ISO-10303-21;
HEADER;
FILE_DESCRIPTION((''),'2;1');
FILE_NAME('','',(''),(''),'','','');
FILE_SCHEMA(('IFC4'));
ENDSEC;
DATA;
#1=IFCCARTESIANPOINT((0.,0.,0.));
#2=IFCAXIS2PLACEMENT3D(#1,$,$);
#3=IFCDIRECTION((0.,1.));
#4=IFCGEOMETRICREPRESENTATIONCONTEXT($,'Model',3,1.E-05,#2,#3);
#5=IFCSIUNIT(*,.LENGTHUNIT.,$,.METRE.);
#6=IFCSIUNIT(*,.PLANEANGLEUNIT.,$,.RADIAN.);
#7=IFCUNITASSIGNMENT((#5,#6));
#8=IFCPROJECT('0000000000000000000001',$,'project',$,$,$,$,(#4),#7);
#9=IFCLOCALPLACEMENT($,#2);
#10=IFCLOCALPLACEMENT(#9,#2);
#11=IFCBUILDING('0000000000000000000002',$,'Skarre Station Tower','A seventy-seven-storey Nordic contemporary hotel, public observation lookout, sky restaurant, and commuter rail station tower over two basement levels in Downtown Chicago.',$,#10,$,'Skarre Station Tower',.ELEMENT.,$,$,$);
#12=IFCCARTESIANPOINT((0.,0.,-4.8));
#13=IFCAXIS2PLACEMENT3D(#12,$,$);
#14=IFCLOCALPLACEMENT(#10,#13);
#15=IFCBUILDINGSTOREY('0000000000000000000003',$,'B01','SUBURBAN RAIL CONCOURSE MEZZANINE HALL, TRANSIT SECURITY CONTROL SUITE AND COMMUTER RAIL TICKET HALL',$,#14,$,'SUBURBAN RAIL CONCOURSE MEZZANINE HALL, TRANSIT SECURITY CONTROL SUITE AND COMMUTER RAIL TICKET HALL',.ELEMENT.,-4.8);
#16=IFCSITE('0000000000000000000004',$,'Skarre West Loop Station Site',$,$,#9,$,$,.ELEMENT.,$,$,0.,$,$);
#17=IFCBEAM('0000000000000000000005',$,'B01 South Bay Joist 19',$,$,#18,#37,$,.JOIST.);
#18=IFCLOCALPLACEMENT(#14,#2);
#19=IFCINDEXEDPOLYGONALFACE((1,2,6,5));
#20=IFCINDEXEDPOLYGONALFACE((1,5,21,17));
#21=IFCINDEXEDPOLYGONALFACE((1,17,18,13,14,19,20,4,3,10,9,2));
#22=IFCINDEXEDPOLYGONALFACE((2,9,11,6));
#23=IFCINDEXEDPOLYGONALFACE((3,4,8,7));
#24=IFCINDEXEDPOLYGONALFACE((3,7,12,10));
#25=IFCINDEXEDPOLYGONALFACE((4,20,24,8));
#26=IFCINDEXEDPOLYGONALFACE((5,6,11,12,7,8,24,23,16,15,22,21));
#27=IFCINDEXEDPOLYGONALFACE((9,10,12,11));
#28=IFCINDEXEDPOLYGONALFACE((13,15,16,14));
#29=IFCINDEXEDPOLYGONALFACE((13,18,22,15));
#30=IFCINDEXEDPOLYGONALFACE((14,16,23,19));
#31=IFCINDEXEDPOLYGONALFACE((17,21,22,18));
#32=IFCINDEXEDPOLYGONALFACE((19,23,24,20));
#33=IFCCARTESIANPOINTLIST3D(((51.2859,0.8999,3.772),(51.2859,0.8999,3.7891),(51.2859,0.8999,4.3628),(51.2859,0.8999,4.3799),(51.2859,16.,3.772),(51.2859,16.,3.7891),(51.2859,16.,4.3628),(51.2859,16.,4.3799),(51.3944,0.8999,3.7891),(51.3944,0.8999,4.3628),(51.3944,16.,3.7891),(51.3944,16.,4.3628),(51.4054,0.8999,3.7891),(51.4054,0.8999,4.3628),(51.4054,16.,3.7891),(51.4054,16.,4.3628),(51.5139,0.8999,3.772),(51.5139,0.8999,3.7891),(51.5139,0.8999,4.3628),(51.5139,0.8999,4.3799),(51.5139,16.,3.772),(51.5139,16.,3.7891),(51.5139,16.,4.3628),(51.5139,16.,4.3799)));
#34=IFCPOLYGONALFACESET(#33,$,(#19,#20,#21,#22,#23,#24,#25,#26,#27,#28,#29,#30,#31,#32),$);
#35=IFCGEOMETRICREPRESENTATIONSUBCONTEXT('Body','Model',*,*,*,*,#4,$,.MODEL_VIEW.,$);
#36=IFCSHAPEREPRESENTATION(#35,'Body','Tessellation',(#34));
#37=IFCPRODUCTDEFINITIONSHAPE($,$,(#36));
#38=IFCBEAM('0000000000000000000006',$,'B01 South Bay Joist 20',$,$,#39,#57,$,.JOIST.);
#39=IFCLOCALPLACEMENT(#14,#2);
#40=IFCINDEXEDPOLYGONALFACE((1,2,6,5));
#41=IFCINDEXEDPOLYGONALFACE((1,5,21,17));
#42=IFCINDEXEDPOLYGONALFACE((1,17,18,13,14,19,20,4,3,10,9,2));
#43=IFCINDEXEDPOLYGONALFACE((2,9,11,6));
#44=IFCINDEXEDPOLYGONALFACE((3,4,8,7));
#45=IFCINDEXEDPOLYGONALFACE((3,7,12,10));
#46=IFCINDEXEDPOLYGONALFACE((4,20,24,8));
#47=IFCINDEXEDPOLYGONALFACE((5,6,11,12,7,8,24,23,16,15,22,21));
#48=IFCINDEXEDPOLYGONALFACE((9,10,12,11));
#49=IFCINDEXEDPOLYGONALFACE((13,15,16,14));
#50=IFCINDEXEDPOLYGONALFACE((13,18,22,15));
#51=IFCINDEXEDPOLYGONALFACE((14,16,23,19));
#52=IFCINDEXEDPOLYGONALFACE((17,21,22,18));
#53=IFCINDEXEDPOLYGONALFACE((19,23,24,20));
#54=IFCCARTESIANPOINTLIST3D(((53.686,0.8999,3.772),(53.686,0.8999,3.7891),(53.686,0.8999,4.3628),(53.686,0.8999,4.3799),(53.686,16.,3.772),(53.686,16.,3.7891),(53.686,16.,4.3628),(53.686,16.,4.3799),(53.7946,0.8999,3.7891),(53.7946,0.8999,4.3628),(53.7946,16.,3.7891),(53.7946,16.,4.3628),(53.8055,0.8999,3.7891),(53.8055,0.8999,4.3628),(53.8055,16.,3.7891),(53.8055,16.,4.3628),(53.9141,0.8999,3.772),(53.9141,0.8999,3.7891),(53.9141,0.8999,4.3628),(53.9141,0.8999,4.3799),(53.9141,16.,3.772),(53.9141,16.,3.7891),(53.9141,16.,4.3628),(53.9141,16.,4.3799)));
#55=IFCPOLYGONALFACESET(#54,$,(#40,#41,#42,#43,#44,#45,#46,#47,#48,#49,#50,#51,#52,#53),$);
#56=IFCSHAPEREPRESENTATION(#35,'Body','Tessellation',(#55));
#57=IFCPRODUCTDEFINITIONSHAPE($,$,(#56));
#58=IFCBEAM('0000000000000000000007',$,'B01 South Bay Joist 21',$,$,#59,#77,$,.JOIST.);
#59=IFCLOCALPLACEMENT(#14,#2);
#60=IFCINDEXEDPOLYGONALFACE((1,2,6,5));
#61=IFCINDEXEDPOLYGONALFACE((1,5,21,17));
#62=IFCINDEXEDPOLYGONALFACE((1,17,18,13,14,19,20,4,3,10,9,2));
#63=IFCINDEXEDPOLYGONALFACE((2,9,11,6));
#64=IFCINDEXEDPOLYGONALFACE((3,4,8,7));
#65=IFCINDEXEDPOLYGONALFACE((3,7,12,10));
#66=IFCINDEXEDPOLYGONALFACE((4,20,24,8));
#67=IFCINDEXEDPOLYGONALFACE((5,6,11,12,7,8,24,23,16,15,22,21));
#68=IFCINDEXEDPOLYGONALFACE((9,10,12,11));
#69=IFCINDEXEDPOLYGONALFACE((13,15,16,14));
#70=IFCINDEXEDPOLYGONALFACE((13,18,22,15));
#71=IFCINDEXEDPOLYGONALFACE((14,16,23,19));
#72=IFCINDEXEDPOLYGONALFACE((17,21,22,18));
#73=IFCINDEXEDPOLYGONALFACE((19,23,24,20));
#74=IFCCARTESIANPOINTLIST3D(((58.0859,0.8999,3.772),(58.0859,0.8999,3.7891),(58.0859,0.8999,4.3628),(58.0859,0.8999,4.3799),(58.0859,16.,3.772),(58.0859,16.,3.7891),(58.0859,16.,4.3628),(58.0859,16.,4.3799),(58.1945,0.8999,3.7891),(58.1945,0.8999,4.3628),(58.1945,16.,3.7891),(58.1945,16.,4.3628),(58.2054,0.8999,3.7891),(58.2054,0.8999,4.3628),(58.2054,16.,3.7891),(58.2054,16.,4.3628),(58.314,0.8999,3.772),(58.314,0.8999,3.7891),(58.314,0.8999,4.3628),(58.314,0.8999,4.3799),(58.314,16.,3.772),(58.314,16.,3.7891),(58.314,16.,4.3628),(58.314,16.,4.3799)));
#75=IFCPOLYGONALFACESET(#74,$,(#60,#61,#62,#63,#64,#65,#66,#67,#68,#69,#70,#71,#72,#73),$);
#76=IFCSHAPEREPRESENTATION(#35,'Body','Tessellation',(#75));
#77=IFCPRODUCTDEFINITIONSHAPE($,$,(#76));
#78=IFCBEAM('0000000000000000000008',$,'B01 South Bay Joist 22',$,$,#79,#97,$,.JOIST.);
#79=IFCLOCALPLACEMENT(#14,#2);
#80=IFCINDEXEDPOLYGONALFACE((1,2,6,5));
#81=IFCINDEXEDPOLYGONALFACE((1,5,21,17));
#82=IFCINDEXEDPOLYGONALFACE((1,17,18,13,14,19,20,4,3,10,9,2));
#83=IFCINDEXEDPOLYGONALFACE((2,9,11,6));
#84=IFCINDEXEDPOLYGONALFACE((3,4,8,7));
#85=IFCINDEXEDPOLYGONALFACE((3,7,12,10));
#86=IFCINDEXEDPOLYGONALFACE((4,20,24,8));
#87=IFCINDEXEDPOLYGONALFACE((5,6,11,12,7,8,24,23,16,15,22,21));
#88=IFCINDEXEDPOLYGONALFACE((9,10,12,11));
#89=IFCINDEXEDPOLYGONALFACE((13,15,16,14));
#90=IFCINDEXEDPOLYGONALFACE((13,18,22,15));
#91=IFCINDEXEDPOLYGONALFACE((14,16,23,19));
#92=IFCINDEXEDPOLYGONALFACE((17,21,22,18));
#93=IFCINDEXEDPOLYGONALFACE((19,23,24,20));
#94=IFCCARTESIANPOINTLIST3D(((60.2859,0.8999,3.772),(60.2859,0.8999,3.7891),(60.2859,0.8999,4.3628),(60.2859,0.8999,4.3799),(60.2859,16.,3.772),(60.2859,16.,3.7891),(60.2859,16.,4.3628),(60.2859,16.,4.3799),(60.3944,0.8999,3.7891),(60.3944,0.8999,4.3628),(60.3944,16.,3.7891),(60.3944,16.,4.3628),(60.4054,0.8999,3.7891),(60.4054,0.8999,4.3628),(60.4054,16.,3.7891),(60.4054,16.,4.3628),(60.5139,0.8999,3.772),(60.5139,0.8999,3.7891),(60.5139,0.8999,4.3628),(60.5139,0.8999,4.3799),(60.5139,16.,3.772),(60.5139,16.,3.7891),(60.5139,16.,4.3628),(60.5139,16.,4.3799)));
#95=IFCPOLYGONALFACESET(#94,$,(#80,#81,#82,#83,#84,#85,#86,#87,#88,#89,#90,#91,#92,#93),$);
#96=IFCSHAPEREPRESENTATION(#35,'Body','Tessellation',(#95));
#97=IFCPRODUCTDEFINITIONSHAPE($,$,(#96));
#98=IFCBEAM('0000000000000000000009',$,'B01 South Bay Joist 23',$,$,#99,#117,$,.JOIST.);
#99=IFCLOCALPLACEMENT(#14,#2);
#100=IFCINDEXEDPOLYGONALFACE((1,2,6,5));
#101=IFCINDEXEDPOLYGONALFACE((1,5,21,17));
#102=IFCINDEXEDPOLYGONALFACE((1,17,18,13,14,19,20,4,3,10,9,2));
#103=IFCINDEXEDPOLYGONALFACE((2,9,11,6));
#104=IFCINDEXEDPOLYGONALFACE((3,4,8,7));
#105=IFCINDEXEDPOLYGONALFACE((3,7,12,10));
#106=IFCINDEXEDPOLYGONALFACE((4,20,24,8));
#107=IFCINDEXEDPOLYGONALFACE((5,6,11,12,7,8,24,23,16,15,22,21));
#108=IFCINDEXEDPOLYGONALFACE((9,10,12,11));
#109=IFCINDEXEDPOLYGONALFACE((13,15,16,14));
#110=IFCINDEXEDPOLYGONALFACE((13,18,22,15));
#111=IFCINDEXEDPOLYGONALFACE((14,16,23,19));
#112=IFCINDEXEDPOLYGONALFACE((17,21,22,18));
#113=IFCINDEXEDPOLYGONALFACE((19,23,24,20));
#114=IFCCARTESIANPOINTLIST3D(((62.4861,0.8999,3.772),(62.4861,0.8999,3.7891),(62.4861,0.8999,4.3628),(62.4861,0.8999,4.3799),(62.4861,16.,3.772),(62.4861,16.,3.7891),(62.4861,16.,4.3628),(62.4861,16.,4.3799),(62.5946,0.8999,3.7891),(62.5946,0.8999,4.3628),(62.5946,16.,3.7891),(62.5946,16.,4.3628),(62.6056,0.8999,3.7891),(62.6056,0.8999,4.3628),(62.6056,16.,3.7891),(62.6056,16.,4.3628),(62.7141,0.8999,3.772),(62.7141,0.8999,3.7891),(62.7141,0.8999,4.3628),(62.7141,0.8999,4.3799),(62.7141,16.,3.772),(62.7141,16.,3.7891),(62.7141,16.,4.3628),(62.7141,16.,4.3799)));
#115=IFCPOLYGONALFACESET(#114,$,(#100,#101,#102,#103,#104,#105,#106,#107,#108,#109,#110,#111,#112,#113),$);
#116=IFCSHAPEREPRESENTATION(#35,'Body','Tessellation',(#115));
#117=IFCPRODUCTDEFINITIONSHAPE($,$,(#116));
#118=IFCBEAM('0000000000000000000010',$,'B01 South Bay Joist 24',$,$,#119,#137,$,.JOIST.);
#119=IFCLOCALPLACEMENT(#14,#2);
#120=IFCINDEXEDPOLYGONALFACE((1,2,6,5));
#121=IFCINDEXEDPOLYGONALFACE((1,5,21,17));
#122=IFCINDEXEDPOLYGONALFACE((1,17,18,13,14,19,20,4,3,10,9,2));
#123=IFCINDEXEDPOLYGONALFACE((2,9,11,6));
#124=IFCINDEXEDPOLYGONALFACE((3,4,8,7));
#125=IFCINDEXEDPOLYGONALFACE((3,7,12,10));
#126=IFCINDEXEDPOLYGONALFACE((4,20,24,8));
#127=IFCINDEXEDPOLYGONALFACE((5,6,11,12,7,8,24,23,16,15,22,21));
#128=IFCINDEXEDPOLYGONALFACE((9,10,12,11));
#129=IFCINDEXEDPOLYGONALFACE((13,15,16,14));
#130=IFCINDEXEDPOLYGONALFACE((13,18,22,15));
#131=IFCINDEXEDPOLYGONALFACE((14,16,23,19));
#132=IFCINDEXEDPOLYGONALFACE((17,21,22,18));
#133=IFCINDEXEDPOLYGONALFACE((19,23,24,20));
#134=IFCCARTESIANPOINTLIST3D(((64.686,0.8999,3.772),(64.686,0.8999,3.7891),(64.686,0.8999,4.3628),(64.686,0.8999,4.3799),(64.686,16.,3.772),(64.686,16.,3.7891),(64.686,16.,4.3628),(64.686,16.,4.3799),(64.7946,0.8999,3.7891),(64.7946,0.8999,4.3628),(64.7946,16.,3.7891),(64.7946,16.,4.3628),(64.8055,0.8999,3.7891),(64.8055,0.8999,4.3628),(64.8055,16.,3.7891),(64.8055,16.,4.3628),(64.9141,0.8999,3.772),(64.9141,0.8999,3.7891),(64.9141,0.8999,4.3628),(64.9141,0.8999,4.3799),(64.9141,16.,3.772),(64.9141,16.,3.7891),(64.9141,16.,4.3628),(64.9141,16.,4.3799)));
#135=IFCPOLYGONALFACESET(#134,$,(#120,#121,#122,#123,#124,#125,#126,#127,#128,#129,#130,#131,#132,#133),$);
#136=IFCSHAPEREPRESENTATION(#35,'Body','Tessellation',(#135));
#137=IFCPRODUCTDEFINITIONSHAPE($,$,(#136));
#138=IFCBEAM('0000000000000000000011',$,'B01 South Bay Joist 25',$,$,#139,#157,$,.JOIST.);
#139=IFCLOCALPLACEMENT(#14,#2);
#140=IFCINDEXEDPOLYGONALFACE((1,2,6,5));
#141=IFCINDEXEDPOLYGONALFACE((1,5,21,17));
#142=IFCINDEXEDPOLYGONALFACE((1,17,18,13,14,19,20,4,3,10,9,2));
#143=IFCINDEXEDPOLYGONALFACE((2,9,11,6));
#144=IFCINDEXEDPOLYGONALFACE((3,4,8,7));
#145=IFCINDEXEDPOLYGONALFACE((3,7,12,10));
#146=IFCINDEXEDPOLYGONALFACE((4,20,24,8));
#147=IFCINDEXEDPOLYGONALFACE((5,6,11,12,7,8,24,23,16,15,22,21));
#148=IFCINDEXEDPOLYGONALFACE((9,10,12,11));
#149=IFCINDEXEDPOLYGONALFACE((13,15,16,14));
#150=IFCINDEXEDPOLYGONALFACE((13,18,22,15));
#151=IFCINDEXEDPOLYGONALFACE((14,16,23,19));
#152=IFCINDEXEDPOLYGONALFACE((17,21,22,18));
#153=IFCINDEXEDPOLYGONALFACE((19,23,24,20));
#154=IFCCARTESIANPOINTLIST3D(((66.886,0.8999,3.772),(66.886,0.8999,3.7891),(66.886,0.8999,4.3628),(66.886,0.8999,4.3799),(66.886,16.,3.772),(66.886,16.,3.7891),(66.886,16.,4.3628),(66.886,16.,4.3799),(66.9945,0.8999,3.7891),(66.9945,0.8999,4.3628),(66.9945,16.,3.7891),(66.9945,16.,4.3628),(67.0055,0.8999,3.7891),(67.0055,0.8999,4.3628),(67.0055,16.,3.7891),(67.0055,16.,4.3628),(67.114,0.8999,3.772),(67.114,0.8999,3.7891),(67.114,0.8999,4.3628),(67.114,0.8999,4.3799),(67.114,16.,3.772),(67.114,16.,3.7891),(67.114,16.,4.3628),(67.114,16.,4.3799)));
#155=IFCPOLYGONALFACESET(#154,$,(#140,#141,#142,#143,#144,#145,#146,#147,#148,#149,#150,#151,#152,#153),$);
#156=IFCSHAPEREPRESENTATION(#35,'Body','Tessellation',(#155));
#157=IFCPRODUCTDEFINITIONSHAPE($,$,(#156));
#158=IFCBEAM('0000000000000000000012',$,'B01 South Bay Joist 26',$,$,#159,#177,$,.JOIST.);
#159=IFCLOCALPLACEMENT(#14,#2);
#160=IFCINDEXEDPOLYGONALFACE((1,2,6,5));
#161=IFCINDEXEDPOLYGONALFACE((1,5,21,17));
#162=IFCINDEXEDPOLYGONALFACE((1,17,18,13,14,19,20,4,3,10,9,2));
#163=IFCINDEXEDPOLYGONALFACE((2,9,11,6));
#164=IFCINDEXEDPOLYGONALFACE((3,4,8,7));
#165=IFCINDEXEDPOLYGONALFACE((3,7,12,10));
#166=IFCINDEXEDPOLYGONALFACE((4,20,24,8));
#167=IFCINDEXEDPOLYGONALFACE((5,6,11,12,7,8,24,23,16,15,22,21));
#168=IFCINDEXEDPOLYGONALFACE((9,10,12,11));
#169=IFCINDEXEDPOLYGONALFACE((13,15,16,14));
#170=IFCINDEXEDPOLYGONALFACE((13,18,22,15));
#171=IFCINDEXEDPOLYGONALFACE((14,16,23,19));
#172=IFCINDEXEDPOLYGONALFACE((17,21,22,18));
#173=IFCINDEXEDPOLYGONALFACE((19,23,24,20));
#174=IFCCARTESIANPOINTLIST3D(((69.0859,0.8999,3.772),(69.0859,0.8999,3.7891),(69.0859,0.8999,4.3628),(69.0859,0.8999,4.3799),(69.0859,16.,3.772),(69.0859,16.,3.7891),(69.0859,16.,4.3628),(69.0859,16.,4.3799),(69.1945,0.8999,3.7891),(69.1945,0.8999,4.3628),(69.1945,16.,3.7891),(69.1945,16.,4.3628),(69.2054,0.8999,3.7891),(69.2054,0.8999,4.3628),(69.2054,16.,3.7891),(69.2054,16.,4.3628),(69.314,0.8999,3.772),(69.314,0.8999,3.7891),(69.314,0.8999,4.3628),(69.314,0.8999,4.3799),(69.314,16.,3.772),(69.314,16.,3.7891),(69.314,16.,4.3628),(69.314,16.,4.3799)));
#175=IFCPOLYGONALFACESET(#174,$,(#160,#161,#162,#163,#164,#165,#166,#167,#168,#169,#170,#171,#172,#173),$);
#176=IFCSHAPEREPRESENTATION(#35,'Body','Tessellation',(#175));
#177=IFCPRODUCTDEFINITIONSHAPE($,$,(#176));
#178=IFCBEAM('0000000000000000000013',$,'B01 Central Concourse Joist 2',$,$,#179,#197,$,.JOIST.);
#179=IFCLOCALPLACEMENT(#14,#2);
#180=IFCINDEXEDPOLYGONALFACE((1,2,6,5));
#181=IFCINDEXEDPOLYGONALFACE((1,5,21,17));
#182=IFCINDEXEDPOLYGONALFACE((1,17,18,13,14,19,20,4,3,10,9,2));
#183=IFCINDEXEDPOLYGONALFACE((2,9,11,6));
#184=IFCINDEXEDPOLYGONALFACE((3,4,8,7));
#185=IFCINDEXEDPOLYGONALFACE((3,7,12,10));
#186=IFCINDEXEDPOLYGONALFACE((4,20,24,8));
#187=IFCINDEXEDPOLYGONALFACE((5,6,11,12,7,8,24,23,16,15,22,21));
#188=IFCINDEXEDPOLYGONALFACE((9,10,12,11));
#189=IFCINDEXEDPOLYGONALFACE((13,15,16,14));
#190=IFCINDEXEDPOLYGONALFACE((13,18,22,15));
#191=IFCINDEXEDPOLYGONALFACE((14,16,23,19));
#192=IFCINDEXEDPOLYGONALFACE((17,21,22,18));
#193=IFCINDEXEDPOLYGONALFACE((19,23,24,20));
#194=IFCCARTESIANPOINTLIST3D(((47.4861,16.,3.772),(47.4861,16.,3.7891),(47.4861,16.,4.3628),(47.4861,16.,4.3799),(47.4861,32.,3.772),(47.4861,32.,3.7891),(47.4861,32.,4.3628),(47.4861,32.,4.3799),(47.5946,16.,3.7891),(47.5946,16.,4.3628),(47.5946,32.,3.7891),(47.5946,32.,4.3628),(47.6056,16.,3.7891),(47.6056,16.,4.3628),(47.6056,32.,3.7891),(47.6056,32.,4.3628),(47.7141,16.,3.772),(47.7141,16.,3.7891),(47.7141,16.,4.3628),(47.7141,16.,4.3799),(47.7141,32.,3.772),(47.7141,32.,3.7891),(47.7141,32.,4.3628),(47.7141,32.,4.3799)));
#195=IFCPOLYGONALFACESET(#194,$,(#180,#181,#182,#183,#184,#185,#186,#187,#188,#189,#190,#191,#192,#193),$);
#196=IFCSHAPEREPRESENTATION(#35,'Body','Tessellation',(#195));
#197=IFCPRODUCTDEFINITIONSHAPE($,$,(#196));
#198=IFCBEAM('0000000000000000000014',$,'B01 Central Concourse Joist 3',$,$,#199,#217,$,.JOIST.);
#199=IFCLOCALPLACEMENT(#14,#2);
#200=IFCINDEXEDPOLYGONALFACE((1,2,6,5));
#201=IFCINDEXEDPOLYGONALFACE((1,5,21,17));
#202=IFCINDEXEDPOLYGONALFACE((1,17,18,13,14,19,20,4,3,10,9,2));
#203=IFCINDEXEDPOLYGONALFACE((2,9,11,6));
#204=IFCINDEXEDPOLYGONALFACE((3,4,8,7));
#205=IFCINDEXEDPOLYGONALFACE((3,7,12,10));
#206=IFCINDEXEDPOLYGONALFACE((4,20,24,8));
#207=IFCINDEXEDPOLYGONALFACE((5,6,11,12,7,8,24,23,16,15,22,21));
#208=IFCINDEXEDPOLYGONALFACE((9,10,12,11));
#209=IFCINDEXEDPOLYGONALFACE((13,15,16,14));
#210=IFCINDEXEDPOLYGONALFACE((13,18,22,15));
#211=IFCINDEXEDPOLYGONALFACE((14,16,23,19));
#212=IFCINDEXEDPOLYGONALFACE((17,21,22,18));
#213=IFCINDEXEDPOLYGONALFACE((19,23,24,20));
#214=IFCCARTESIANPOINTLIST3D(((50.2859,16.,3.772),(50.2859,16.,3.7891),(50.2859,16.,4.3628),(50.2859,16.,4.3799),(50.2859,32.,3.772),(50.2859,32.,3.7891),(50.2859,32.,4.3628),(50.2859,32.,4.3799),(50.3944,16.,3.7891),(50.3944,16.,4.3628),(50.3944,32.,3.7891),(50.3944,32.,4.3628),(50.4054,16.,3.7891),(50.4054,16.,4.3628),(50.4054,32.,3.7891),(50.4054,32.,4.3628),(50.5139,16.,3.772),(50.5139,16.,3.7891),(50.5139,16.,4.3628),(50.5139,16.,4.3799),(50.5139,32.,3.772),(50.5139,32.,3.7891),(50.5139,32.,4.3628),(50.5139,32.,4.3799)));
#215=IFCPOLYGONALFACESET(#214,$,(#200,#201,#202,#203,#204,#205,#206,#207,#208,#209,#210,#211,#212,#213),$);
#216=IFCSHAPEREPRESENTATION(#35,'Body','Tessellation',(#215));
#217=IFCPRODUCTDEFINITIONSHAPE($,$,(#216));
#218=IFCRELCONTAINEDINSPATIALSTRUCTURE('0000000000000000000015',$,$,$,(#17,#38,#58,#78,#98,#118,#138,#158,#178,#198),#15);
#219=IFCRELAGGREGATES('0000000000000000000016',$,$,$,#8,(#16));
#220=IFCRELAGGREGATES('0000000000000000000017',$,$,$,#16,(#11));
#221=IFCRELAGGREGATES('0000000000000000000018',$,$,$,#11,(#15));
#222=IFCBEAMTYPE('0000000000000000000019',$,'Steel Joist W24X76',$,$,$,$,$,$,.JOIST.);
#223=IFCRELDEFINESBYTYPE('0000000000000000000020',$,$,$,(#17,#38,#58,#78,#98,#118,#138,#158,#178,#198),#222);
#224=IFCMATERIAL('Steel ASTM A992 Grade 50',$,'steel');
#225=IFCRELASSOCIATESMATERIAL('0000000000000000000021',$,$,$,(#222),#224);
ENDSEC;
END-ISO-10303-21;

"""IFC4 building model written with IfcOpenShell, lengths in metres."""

from ifc_helpers import new_model, si_unit, direction, frame, origin, origin_2d, place, context, subcontext, project, spatial, i_section, extrude, material, material_profile, profile_set, type_object, element, save


model = new_model("IFC4")

# Units and contexts
model_context = context("Model", 3, precision=1e-05, world=origin(), true_north=direction((0.0, 1.0)))
body_context = subcontext(model_context, "Body", "Model", "MODEL_VIEW")
ifc_project = project(units=[si_unit("LENGTHUNIT", "METRE"), si_unit("PLANEANGLEUNIT", "RADIAN")], contexts=[model_context])

# Site, building, storey
site_placement = place(None, origin())
site = spatial("IfcSite", under=ifc_project, at=site_placement, Name="Skarre West Loop Station Site", CompositionType="ELEMENT", RefElevation=0.0)
building_placement = place(site_placement, origin())
building = spatial("IfcBuilding", under=site, at=building_placement, Name="Skarre Station Tower", Description="A seventy-seven-storey Nordic contemporary hotel, public observation lookout, sky restaurant, and commuter rail station tower over two basement levels in Downtown Chicago.", LongName="Skarre Station Tower", CompositionType="ELEMENT")
storey_placement = place(building_placement, frame((0.0, 0.0, -4.8)))
storey = spatial("IfcBuildingStorey", under=building, at=storey_placement, Name="B01", Description="SUBURBAN RAIL CONCOURSE MEZZANINE HALL, TRANSIT SECURITY CONTROL SUITE AND COMMUTER RAIL TICKET HALL", LongName="SUBURBAN RAIL CONCOURSE MEZZANINE HALL, TRANSIT SECURITY CONTROL SUITE AND COMMUTER RAIL TICKET HALL", CompositionType="ELEMENT", Elevation=-4.8)

# Beams
ifc_material_1 = material(Name="Steel ASTM A992 Grade 50", Category="steel")
ifc_material_profile_1 = material_profile(ifc_material_1, i_section(OverallWidth=0.228, OverallDepth=0.6079, WebThickness=0.011, FlangeThickness=0.0171, at=origin_2d()), Name="Steel ASTM A992 Grade 50")
ifc_profile_set_1 = profile_set([ifc_material_profile_1], Name="Steel ASTM A992 Grade 50")
beam_type_1 = type_object("IfcBeamType", Name="Steel Joist W24X76", PredefinedType="JOIST", material=ifc_profile_set_1)
for number, where, z_axis, x_axis, name in (
    (1, (51.3999, 0.8999, 4.0759), (0.0, 1.0, 0.0), (-1.0, 0.0, 0.0), "B01 South Bay Joist 19"),
    (2, (53.8, 0.8999, 4.0759), (0.0, 1.0, 0.0), (-1.0, 0.0, 0.0), "B01 South Bay Joist 20"),
    (3, (58.2, 0.8999, 4.0759), (0.0, 1.0, 0.0), (-1.0, 0.0, 0.0), "B01 South Bay Joist 21"),
    (4, (60.3999, 0.8999, 4.0759), (0.0, 1.0, 0.0), (-1.0, 0.0, 0.0), "B01 South Bay Joist 22"),
    (5, (62.6001, 0.8999, 4.0759), (0.0, 1.0, 0.0), (-1.0, 0.0, 0.0), "B01 South Bay Joist 23"),
    (6, (64.8, 0.8999, 4.0759), (0.0, 1.0, 0.0), (-1.0, 0.0, 0.0), "B01 South Bay Joist 24"),
    (7, (67.0, 0.8999, 4.0759), (0.0, 1.0, 0.0), (-1.0, 0.0, 0.0), "B01 South Bay Joist 25"),
    (8, (69.2, 0.8999, 4.0759), (0.0, 1.0, 0.0), (-1.0, 0.0, 0.0), "B01 South Bay Joist 26"),
):
    element("IfcBeam", number, at=place(storey_placement, frame(where, z_axis=z_axis, x_axis=x_axis)), inside=storey, type_object=beam_type_1, Name=name, PredefinedType="JOIST", context=body_context, shape_type="SweptSolid", body=[
        extrude(i_section(OverallWidth=0.228, OverallDepth=0.6079, WebThickness=0.011, FlangeThickness=0.0171, at=origin_2d()), origin(), (0.0, 0.0, 1.0), 15.1001),
    ])
for number, where, z_axis, x_axis, name in (
    (9, (47.6001, 16.0, 4.0759), (0.0, 1.0, 0.0), (-1.0, 0.0, 0.0), "B01 Central Concourse Joist 2"),
    (10, (50.3999, 16.0, 4.0759), (0.0, 1.0, 0.0), (-1.0, 0.0, 0.0), "B01 Central Concourse Joist 3"),
):
    element("IfcBeam", number, at=place(storey_placement, frame(where, z_axis=z_axis, x_axis=x_axis)), inside=storey, type_object=beam_type_1, Name=name, PredefinedType="JOIST", context=body_context, shape_type="SweptSolid", body=[
        extrude(i_section(OverallWidth=0.228, OverallDepth=0.6079, WebThickness=0.011, FlangeThickness=0.0171, at=origin_2d()), origin(), (0.0, 0.0, 1.0), 16.0),
    ])

save(model, "model.ifc")
